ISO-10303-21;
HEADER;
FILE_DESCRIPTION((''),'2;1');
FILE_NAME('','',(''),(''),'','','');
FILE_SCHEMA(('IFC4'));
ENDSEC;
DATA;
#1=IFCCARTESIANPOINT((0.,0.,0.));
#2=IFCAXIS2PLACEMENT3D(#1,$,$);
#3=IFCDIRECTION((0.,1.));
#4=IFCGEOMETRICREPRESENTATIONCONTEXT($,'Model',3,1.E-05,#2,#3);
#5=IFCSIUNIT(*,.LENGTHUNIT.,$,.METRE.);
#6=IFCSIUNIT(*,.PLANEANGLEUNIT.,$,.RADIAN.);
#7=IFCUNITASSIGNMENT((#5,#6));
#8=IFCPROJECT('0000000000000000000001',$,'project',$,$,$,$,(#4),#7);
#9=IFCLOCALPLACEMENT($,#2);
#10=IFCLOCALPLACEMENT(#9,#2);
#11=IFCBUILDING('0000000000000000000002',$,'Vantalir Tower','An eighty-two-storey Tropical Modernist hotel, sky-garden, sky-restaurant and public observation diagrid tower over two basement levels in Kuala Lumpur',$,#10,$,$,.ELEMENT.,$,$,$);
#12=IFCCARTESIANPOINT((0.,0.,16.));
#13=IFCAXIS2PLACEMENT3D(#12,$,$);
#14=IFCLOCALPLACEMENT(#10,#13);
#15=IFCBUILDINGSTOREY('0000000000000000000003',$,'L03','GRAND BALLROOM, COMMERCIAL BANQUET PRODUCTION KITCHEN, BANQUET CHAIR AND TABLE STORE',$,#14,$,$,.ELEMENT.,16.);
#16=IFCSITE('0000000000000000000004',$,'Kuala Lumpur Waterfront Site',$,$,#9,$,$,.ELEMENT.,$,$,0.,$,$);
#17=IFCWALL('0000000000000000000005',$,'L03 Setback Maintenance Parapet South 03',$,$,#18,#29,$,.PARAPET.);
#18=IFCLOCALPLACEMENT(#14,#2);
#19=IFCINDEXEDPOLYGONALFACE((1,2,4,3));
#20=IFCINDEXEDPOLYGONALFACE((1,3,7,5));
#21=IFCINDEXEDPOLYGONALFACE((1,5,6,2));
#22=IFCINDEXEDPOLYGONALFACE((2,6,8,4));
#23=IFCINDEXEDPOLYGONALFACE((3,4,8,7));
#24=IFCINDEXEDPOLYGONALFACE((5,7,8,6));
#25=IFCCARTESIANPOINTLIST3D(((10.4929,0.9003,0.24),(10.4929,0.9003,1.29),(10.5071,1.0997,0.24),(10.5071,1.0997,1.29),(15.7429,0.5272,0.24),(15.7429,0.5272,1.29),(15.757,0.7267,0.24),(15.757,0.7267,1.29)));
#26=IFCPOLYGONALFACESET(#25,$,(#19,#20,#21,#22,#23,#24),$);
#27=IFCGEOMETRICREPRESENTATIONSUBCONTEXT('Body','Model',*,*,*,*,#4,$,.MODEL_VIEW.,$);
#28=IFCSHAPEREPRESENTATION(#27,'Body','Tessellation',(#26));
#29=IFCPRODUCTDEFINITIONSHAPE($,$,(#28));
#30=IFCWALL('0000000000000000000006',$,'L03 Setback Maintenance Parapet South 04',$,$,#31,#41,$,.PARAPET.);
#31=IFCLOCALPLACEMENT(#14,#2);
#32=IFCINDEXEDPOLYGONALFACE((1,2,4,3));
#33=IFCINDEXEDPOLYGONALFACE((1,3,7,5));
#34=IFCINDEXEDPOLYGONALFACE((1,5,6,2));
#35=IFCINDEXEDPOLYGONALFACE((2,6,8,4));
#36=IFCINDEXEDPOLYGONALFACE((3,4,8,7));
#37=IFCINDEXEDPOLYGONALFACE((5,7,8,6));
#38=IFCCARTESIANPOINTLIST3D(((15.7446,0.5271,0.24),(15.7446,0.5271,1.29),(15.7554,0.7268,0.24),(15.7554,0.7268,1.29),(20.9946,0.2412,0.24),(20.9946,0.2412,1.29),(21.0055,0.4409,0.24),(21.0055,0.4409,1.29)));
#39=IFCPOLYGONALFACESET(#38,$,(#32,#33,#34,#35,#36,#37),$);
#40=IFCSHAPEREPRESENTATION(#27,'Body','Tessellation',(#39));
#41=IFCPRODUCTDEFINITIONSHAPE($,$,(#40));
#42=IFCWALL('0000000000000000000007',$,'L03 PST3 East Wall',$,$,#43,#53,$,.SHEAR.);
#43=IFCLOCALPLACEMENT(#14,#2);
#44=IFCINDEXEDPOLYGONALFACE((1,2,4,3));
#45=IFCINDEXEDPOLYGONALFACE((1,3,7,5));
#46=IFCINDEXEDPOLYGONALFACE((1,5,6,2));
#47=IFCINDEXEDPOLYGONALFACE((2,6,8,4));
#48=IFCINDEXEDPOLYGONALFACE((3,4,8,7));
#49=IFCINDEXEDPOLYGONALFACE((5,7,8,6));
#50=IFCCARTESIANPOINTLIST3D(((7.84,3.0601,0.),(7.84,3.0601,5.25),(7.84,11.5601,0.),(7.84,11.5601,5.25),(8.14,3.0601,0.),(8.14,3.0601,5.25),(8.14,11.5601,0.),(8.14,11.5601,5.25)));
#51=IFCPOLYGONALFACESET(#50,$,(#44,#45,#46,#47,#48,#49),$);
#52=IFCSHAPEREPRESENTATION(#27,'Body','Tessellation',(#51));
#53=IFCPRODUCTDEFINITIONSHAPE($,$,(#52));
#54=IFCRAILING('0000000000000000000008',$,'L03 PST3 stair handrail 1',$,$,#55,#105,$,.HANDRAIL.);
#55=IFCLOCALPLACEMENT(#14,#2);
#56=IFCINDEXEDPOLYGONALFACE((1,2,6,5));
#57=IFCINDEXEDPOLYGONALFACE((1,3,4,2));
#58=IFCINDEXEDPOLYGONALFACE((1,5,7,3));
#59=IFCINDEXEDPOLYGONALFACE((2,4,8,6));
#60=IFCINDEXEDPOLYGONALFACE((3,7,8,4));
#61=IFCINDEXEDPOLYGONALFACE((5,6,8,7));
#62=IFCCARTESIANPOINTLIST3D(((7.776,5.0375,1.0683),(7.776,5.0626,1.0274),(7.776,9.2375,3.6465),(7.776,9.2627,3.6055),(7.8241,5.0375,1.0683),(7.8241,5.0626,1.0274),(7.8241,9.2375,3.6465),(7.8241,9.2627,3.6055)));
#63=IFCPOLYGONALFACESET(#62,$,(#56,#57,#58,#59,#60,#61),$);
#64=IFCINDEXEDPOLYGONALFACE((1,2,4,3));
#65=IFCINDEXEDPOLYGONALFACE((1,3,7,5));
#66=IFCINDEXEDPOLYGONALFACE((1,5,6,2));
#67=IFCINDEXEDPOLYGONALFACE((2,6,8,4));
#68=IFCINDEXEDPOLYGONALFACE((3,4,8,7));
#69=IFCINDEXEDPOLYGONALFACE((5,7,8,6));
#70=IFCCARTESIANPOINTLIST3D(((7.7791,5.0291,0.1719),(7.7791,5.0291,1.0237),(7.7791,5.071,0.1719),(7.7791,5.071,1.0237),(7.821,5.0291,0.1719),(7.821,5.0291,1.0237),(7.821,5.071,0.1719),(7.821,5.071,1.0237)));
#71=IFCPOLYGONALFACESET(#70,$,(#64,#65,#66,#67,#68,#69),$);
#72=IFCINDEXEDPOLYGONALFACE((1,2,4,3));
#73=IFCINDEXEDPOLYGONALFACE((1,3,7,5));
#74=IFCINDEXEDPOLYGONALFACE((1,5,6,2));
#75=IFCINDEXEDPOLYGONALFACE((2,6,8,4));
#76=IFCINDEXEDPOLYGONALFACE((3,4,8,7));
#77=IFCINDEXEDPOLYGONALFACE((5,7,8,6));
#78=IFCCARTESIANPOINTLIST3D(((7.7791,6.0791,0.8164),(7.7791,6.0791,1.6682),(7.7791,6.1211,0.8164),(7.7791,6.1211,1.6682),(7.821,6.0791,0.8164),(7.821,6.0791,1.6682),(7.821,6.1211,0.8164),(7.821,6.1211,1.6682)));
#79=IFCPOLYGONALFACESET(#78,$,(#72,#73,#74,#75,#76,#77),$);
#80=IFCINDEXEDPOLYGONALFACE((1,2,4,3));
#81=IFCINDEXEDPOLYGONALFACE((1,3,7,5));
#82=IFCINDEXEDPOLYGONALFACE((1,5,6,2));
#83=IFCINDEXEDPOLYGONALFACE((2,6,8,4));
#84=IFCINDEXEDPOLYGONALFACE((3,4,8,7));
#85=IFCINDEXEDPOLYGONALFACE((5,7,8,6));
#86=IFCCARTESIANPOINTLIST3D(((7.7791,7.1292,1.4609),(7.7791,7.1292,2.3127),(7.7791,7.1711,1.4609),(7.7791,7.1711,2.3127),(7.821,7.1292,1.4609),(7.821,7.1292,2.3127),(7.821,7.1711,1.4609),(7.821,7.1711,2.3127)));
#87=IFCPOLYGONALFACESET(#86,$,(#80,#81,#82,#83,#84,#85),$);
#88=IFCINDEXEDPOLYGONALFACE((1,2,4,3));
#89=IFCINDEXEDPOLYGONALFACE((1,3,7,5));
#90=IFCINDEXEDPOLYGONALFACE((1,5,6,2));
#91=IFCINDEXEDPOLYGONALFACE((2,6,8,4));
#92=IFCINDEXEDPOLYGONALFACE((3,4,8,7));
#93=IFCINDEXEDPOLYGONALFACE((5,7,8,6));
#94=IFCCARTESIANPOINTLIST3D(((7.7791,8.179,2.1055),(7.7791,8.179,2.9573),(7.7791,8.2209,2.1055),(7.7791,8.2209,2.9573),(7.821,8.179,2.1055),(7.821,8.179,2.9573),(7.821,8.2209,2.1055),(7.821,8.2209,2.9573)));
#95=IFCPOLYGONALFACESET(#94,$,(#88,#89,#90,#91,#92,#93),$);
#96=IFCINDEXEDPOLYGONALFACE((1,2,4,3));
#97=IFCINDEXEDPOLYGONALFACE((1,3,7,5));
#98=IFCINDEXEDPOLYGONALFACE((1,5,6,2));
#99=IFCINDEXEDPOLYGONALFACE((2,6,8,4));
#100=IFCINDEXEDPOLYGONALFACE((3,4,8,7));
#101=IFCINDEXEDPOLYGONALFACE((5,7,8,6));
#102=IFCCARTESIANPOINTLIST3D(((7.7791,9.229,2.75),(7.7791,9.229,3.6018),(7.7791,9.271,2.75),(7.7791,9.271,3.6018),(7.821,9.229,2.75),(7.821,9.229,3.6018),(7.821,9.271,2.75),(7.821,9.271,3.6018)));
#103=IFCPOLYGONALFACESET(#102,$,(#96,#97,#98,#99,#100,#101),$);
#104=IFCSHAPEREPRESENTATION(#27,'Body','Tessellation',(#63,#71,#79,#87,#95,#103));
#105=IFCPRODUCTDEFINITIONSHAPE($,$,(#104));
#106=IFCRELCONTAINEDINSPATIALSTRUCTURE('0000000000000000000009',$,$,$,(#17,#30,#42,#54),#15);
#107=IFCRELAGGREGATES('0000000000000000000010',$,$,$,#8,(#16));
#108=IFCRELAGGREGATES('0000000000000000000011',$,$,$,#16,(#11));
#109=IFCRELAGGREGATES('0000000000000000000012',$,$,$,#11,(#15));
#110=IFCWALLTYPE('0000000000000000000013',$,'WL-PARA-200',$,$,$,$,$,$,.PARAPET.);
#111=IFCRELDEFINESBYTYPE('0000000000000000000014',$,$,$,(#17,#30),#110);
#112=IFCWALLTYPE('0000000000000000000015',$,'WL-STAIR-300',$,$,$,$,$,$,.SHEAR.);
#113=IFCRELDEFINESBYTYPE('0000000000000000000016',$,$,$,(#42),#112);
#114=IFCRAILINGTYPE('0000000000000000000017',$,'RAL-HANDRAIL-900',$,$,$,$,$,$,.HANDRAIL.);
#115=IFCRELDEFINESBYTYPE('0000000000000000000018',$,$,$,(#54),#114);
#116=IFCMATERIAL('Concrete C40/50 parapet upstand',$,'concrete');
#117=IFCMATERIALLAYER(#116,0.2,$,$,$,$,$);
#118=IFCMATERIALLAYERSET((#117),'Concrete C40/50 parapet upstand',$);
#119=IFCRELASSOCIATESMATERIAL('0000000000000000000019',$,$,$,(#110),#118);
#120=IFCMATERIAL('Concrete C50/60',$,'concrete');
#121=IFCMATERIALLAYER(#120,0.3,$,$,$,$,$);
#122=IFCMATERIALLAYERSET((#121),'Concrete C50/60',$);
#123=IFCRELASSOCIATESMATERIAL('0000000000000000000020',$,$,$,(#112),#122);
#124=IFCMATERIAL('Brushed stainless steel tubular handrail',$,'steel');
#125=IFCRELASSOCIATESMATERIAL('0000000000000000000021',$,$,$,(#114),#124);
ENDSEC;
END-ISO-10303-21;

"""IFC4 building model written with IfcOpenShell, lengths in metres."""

from ifc_helpers import new_model, si_unit, direction, frame, frame_2d, origin, origin_2d, place, context, subcontext, project, spatial, rectangle, extrude, material, layer, layer_set, type_object, element, save


model = new_model("IFC4")

# Units and contexts
model_context = context("Model", 3, precision=1e-05, world=origin(), true_north=direction((0.0, 1.0)))
body_context = subcontext(model_context, "Body", "Model", "MODEL_VIEW")
ifc_project = project(units=[si_unit("LENGTHUNIT", "METRE"), si_unit("PLANEANGLEUNIT", "RADIAN")], contexts=[model_context])

# Site, building, storey
site_placement = place(None, origin())
site = spatial("IfcSite", under=ifc_project, at=site_placement, Name="Kuala Lumpur Waterfront Site", CompositionType="ELEMENT", RefElevation=0.0)
building_placement = place(site_placement, origin())
building = spatial("IfcBuilding", under=site, at=building_placement, Name="Vantalir Tower", Description="An eighty-two-storey Tropical Modernist hotel, sky-garden, sky-restaurant and public observation diagrid tower over two basement levels in Kuala Lumpur", CompositionType="ELEMENT")
storey_placement = place(building_placement, frame((0.0, 0.0, 16.0)))
storey = spatial("IfcBuildingStorey", under=building, at=storey_placement, Name="L03", Description="GRAND BALLROOM, COMMERCIAL BANQUET PRODUCTION KITCHEN, BANQUET CHAIR AND TABLE STORE", CompositionType="ELEMENT", Elevation=16.0)

# Shared definitions
ifc_material_1 = material(Name="Concrete C50/60", Category="concrete")

# Walls
ifc_material_2 = material(Name="Concrete C40/50 parapet upstand", Category="concrete")
ifc_layer_1 = layer(ifc_material_2, 0.2)
ifc_layer_set_1 = layer_set([ifc_layer_1], Name="Concrete C40/50 parapet upstand")
wall_type_1 = type_object("IfcWallType", Name="WL-PARA-200", PredefinedType="PARAPET", material=ifc_layer_set_1)
wall_1_placement = place(storey_placement, frame((10.5, 1.0, 0.24), z_axis=(0.0, 0.0, 1.0), x_axis=(0.997485, -0.070878, 0.0)))
element("IfcWall", 1, at=wall_1_placement, inside=storey, type_object=wall_type_1, Name="L03 Setback Maintenance Parapet South 03", PredefinedType="PARAPET", context=body_context, shape_type="SweptSolid", body=[
    extrude(rectangle(XDim=5.2632, YDim=0.2, at=frame_2d((2.6316, 0.0))), origin(), (0.0, 0.0, 1.0), 1.05),
])
wall_2_placement = place(storey_placement, frame((15.75, 0.627, 0.24), z_axis=(0.0, 0.0, 1.0), x_axis=(0.998521, -0.054374, 0.0)))
element("IfcWall", 2, at=wall_2_placement, inside=storey, type_object=wall_type_1, Name="L03 Setback Maintenance Parapet South 04", PredefinedType="PARAPET", context=body_context, shape_type="SweptSolid", body=[
    extrude(rectangle(XDim=5.2578, YDim=0.2, at=frame_2d((2.6289, 0.0))), origin(), (0.0, 0.0, 1.0), 1.05),
])
ifc_layer_2 = layer(ifc_material_1, 0.3)
ifc_layer_set_2 = layer_set([ifc_layer_2], Name="Concrete C50/60")
wall_type_2 = type_object("IfcWallType", Name="WL-STAIR-300", PredefinedType="SHEAR", material=ifc_layer_set_2)
wall_3_placement = place(storey_placement, frame((7.99, 3.0601, 0.0), z_axis=(0.0, 0.0, 1.0), x_axis=(0.0, 1.0, 0.0)))
element("IfcWall", 3, at=wall_3_placement, inside=storey, type_object=wall_type_2, Name="L03 PST3 East Wall", PredefinedType="SHEAR", context=body_context, shape_type="SweptSolid", body=[
    extrude(rectangle(XDim=8.5, YDim=0.3, at=frame_2d((4.25, 0.0))), origin(), (0.0, 0.0, 1.0), 5.25),
])

# Railing
ifc_material_3 = material(Name="Brushed stainless steel tubular handrail", Category="steel")
railing_type = type_object("IfcRailingType", Name="RAL-HANDRAIL-900", PredefinedType="HANDRAIL", material=ifc_material_3)
railing_placement = place(storey_placement, frame((7.8, 5.05, 0.1719)))
element("IfcRailing", 4, at=railing_placement, inside=storey, type_object=railing_type, Name="L03 PST3 stair handrail 1", PredefinedType="HANDRAIL", context=body_context, shape_type="SweptSolid", body=[
    extrude(rectangle(XDim=0.0481, YDim=0.0481, at=origin_2d()), frame((0.0, 0.0, 0.876), z_axis=(0.0, 0.852243, 0.523146), x_axis=(-1.0, 0.0, 0.0)), (0.0, 0.0, 1.0), 4.9282),
    extrude(rectangle(XDim=0.042, YDim=0.042, at=origin_2d()), origin(), (0.0, 0.0, 1.0), 0.8518),
    extrude(rectangle(XDim=0.042, YDim=0.042, at=origin_2d()), frame((0.0, 1.05, 0.6445)), (0.0, 0.0, 1.0), 0.8518),
    extrude(rectangle(XDim=0.042, YDim=0.042, at=origin_2d()), frame((0.0, 2.1001, 1.2891)), (0.0, 0.0, 1.0), 0.8518),
    extrude(rectangle(XDim=0.042, YDim=0.042, at=origin_2d()), frame((0.0, 3.1499, 1.9336)), (0.0, 0.0, 1.0), 0.8518),
    extrude(rectangle(XDim=0.042, YDim=0.042, at=origin_2d()), frame((0.0, 4.2, 2.5781)), (0.0, 0.0, 1.0), 0.8518),
])

save(model, "model.ifc")
